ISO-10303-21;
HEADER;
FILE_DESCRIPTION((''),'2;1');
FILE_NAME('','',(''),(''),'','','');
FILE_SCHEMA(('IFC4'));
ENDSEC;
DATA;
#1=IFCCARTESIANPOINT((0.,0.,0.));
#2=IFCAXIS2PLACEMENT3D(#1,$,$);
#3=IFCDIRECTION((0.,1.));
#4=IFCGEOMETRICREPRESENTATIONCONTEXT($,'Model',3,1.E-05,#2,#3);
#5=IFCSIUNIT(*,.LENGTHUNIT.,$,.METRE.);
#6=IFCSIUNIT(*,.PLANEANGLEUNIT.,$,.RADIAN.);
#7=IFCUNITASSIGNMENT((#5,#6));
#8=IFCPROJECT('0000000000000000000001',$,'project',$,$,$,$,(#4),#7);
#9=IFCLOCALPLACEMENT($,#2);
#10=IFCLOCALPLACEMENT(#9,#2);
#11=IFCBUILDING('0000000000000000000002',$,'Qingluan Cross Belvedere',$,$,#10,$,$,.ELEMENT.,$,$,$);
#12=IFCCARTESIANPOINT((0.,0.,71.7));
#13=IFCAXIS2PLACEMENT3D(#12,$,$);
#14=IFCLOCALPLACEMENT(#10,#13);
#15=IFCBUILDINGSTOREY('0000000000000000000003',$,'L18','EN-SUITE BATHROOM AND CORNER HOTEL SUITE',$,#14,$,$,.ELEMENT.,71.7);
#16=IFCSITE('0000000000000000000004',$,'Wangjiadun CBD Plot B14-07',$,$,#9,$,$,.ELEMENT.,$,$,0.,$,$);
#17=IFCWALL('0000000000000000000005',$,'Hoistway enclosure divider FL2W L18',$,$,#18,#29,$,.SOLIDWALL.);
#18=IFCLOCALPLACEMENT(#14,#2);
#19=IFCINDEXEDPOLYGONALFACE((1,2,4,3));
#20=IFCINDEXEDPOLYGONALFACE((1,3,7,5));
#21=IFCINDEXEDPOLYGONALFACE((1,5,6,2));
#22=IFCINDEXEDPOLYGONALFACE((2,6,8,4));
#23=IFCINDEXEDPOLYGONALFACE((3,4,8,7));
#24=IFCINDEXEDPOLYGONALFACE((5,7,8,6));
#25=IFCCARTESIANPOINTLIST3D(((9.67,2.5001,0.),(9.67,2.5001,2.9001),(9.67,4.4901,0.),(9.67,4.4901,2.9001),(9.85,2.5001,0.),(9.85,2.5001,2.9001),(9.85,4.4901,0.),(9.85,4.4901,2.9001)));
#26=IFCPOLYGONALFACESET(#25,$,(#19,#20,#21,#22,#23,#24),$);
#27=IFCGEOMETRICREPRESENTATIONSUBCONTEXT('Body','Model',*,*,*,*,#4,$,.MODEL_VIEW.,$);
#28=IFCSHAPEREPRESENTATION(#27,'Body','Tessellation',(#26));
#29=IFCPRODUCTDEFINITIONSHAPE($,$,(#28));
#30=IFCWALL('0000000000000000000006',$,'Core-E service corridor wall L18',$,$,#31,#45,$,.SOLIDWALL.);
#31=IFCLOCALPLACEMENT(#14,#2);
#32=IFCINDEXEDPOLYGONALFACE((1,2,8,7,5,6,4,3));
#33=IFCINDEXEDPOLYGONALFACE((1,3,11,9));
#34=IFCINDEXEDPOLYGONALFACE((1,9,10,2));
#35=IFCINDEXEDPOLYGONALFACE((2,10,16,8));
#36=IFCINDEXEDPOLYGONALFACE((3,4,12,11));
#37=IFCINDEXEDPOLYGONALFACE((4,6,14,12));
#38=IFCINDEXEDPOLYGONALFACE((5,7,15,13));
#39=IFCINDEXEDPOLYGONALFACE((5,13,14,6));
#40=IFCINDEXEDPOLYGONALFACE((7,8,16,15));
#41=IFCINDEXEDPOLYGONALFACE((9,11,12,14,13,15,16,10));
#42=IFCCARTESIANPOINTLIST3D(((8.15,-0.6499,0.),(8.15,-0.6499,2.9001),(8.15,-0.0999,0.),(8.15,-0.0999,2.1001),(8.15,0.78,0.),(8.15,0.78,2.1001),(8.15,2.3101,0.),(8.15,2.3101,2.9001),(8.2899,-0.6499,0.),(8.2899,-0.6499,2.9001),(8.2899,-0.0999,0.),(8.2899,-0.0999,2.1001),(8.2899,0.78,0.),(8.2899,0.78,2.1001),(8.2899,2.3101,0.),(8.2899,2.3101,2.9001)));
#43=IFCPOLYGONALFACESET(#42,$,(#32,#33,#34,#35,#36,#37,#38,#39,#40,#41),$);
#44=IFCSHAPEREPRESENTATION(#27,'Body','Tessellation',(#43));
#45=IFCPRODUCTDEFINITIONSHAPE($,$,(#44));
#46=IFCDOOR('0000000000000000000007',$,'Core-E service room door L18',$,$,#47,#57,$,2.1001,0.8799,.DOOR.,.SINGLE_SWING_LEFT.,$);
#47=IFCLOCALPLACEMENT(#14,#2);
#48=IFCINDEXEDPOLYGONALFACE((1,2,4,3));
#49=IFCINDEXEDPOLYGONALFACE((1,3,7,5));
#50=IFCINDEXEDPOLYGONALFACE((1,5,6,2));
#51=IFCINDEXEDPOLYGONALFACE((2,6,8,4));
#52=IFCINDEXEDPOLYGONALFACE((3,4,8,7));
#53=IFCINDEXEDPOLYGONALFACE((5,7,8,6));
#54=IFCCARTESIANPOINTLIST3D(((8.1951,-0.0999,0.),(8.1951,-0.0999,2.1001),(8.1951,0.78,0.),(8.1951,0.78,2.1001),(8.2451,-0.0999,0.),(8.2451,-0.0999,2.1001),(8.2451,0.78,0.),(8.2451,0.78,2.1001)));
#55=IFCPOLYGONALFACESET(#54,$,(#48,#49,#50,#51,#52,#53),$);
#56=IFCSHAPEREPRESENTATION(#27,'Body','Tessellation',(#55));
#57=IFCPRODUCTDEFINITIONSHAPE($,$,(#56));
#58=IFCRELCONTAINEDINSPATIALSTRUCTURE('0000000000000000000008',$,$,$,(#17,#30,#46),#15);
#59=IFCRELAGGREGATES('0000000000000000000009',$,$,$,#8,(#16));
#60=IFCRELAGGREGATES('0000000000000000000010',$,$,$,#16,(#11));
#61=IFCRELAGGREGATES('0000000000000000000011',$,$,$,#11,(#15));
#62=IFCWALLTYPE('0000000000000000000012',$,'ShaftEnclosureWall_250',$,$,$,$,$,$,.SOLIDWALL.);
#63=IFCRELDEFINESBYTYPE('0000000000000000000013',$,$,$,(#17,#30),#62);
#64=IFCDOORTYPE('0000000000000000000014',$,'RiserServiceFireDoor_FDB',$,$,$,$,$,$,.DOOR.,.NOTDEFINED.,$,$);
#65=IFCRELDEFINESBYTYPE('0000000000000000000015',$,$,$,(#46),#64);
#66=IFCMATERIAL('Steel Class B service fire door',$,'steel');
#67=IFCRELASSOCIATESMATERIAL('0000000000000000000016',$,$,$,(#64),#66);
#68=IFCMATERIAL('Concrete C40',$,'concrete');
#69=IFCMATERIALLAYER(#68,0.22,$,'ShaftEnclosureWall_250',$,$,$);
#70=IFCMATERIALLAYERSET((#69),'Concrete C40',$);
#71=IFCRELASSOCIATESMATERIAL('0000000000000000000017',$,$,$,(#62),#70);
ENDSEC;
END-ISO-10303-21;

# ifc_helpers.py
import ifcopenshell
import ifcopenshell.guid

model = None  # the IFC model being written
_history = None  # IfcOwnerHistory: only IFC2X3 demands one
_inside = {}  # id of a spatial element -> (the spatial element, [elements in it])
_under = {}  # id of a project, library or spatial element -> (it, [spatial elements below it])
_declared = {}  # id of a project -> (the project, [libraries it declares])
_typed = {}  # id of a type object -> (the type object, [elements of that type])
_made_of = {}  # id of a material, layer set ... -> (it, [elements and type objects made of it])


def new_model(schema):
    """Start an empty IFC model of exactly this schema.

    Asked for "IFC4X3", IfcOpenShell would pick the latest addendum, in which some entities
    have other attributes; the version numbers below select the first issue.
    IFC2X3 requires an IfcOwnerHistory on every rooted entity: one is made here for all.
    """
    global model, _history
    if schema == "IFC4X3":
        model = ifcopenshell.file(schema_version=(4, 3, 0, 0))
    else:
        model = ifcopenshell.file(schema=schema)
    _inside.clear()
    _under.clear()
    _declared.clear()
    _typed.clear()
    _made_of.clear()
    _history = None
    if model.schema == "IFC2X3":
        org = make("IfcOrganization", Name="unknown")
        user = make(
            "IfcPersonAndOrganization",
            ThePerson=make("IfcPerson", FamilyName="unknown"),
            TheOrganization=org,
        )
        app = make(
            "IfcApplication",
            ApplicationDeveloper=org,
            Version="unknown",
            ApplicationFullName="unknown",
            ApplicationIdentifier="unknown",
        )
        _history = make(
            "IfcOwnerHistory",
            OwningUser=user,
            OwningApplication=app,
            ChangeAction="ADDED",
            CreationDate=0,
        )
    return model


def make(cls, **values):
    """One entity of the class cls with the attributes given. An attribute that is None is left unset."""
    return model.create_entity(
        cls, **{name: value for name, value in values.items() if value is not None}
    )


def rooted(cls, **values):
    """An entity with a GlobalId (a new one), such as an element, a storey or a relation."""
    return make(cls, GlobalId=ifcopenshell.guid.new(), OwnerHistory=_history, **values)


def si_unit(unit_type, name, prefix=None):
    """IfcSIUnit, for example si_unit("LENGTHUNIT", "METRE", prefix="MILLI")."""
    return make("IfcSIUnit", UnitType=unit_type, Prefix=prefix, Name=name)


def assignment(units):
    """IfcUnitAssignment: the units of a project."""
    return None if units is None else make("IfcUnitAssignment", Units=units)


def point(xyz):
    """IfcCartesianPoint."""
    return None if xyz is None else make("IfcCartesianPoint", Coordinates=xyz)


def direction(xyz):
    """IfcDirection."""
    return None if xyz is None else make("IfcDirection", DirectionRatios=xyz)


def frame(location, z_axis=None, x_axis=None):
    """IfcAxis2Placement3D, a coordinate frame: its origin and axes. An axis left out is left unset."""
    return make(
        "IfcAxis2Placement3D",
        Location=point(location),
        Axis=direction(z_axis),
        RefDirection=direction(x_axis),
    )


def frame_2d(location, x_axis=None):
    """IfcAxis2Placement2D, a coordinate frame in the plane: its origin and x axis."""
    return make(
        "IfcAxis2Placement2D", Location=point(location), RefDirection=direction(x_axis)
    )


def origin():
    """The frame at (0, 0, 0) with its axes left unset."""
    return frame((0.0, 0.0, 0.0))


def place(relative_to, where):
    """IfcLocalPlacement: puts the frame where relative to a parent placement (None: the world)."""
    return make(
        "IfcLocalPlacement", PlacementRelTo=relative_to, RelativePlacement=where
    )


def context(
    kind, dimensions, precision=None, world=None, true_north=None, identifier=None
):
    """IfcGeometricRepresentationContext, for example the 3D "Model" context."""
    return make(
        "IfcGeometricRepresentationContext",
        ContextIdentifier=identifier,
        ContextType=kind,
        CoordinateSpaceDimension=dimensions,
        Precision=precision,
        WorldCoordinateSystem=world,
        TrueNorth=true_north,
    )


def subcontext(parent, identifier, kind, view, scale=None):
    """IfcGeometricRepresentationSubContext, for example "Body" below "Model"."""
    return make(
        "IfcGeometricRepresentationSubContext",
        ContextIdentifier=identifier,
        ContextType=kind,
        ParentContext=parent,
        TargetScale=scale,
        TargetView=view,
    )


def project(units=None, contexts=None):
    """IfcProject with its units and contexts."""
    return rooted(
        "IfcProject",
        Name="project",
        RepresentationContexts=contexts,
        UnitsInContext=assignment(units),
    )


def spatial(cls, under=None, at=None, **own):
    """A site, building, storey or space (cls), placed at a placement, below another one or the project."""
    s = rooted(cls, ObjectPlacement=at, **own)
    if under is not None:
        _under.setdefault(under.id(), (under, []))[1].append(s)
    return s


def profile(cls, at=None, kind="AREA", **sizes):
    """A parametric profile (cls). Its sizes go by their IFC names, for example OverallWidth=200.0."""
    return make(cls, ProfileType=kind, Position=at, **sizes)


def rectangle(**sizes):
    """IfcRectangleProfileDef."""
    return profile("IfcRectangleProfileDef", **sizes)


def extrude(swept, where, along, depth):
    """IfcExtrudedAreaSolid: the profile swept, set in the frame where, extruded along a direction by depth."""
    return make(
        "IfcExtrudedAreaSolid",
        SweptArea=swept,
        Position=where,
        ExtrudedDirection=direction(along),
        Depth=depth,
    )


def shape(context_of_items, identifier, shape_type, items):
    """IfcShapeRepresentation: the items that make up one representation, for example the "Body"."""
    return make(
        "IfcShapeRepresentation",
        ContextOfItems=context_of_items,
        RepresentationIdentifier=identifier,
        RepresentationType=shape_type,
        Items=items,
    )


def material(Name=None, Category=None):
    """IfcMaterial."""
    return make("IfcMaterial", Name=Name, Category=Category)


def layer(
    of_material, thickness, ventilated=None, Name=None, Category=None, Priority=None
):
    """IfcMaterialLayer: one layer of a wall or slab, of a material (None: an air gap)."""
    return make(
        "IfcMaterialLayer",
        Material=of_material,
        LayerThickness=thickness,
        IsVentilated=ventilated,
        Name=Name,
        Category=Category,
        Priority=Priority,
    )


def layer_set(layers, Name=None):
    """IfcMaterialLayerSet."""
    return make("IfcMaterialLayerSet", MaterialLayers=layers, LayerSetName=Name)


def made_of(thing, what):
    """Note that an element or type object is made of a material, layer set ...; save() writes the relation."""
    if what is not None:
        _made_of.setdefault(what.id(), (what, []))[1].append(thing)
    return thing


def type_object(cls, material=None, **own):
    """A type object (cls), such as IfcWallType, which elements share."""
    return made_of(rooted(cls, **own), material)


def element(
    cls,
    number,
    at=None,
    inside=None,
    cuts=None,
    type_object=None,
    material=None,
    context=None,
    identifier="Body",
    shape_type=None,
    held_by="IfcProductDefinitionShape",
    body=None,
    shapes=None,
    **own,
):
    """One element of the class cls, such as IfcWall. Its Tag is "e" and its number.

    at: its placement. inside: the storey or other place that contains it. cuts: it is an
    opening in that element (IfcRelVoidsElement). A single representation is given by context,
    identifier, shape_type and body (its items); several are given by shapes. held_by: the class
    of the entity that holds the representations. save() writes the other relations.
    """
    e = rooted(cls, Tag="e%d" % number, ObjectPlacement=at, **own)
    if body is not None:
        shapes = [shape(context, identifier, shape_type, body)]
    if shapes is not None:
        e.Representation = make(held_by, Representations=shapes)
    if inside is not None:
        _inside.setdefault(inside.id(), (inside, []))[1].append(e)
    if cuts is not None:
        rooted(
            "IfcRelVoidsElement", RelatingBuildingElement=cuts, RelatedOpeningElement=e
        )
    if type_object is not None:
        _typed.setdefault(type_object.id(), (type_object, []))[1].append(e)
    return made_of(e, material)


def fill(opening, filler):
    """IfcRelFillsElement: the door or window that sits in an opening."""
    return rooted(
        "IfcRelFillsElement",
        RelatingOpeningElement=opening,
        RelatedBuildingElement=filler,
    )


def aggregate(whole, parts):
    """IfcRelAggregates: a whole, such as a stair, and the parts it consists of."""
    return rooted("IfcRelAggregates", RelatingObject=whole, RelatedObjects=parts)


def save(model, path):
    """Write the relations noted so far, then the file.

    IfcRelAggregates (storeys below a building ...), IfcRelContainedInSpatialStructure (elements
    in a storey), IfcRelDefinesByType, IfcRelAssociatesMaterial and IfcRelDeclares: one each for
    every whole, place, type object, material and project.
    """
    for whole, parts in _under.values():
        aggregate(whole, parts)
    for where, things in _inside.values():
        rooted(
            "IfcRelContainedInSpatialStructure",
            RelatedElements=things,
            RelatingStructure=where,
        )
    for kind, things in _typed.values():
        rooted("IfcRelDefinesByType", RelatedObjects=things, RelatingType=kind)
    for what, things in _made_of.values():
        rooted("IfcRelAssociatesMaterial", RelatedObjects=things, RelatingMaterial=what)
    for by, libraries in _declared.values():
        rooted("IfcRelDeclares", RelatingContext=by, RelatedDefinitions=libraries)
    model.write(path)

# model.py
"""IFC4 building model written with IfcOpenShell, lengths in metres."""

from ifc_helpers import new_model, si_unit, direction, frame, frame_2d, origin, place, context, subcontext, project, spatial, rectangle, extrude, material, layer, layer_set, type_object, element, fill, save


model = new_model("IFC4")

# Units and contexts
model_context = context("Model", 3, precision=1e-05, world=origin(), true_north=direction((0.0, 1.0)))
body_context = subcontext(model_context, "Body", "Model", "MODEL_VIEW")
ifc_project = project(units=[si_unit("LENGTHUNIT", "METRE"), si_unit("PLANEANGLEUNIT", "RADIAN")], contexts=[model_context])

# Site, building, storey
site_placement = place(None, origin())
site = spatial("IfcSite", under=ifc_project, at=site_placement, Name="Wangjiadun CBD Plot B14-07", CompositionType="ELEMENT", RefElevation=0.0)
building_placement = place(site_placement, origin())
building = spatial("IfcBuilding", under=site, at=building_placement, Name="Qingluan Cross Belvedere", CompositionType="ELEMENT")
storey_placement = place(building_placement, frame((0.0, 0.0, 71.7)))
storey = spatial("IfcBuildingStorey", under=building, at=storey_placement, Name="L18", Description="EN-SUITE BATHROOM AND CORNER HOTEL SUITE", CompositionType="ELEMENT", Elevation=71.7)

# Shared definitions
ifc_material_1 = material(Name="Steel Class B service fire door", Category="steel")
door_type_1 = type_object("IfcDoorType", Name="RiserServiceFireDoor_FDB", OperationType="NOTDEFINED", PredefinedType="DOOR", material=ifc_material_1)

# Wall
ifc_material_2 = material(Name="Concrete C40", Category="concrete")
ifc_layer_1 = layer(ifc_material_2, 0.22, Name="ShaftEnclosureWall_250")
ifc_layer_set_1 = layer_set([ifc_layer_1], Name="Concrete C40")
wall_type_1 = type_object("IfcWallType", Name="ShaftEnclosureWall_250", PredefinedType="SOLIDWALL", material=ifc_layer_set_1)
for number, where, z_axis, x_axis, name in (
    (1, (9.76, 2.5, 0.0), (0.0, 0.0, 1.0), (0.0, 1.0, 0.0), "Hoistway enclosure divider FL2W L18"),
):
    element("IfcWall", number, at=place(storey_placement, frame(where, z_axis=z_axis, x_axis=x_axis)), inside=storey, type_object=wall_type_1, Name=name, PredefinedType="SOLIDWALL", context=body_context, shape_type="SweptSolid", body=[
        extrude(rectangle(XDim=1.99, YDim=0.1799, at=frame_2d((0.9951, 0.0))), origin(), (0.0, 0.0, 1.0), 2.9001),
    ])

# Wall, opening, door
wall_1_placement = place(storey_placement, frame((8.22, -0.6499, 0.0), z_axis=(0.0, 0.0, 1.0), x_axis=(0.0, 1.0, 0.0)))
wall_1 = element("IfcWall", 2, at=wall_1_placement, inside=storey, type_object=wall_type_1, Name="Core-E service corridor wall L18", PredefinedType="SOLIDWALL", context=body_context, shape_type="SweptSolid", body=[
    extrude(rectangle(XDim=2.96, YDim=0.1399, at=frame_2d((1.48, 0.0))), origin(), (0.0, 0.0, 1.0), 2.9001),
])
opening_1_placement = place(wall_1_placement, frame((0.55, 0.0, 0.0)))
opening_1 = element("IfcOpeningElement", 3, at=opening_1_placement, cuts=wall_1, PredefinedType="OPENING", context=body_context, shape_type="SweptSolid", body=[
    extrude(rectangle(XDim=0.8799, YDim=2.1001, at=frame_2d((0.4399, 1.05))), frame((0.0, 0.0798, 0.0), z_axis=(0.0, -1.0, 0.0), x_axis=(1.0, 0.0, 0.0)), (0.0, 0.0, 1.0), 0.1599),
])
door_1_placement = place(opening_1_placement, origin())
door_1 = element("IfcDoor", 4, at=door_1_placement, inside=storey, type_object=door_type_1, Name="Core-E service room door L18", OperationType="SINGLE_SWING_LEFT", OverallHeight=2.1001, OverallWidth=0.8799, PredefinedType="DOOR", context=body_context, shape_type="SweptSolid", body=[
    extrude(rectangle(XDim=0.8799, YDim=2.1001, at=frame_2d((0.4399, 1.05))), frame((0.0, 0.0249, 0.0), z_axis=(0.0, -1.0, 0.0), x_axis=(1.0, 0.0, 0.0)), (0.0, 0.0, 1.0), 0.05),
])
fill(opening_1, door_1)

save(model, "model.ifc")
